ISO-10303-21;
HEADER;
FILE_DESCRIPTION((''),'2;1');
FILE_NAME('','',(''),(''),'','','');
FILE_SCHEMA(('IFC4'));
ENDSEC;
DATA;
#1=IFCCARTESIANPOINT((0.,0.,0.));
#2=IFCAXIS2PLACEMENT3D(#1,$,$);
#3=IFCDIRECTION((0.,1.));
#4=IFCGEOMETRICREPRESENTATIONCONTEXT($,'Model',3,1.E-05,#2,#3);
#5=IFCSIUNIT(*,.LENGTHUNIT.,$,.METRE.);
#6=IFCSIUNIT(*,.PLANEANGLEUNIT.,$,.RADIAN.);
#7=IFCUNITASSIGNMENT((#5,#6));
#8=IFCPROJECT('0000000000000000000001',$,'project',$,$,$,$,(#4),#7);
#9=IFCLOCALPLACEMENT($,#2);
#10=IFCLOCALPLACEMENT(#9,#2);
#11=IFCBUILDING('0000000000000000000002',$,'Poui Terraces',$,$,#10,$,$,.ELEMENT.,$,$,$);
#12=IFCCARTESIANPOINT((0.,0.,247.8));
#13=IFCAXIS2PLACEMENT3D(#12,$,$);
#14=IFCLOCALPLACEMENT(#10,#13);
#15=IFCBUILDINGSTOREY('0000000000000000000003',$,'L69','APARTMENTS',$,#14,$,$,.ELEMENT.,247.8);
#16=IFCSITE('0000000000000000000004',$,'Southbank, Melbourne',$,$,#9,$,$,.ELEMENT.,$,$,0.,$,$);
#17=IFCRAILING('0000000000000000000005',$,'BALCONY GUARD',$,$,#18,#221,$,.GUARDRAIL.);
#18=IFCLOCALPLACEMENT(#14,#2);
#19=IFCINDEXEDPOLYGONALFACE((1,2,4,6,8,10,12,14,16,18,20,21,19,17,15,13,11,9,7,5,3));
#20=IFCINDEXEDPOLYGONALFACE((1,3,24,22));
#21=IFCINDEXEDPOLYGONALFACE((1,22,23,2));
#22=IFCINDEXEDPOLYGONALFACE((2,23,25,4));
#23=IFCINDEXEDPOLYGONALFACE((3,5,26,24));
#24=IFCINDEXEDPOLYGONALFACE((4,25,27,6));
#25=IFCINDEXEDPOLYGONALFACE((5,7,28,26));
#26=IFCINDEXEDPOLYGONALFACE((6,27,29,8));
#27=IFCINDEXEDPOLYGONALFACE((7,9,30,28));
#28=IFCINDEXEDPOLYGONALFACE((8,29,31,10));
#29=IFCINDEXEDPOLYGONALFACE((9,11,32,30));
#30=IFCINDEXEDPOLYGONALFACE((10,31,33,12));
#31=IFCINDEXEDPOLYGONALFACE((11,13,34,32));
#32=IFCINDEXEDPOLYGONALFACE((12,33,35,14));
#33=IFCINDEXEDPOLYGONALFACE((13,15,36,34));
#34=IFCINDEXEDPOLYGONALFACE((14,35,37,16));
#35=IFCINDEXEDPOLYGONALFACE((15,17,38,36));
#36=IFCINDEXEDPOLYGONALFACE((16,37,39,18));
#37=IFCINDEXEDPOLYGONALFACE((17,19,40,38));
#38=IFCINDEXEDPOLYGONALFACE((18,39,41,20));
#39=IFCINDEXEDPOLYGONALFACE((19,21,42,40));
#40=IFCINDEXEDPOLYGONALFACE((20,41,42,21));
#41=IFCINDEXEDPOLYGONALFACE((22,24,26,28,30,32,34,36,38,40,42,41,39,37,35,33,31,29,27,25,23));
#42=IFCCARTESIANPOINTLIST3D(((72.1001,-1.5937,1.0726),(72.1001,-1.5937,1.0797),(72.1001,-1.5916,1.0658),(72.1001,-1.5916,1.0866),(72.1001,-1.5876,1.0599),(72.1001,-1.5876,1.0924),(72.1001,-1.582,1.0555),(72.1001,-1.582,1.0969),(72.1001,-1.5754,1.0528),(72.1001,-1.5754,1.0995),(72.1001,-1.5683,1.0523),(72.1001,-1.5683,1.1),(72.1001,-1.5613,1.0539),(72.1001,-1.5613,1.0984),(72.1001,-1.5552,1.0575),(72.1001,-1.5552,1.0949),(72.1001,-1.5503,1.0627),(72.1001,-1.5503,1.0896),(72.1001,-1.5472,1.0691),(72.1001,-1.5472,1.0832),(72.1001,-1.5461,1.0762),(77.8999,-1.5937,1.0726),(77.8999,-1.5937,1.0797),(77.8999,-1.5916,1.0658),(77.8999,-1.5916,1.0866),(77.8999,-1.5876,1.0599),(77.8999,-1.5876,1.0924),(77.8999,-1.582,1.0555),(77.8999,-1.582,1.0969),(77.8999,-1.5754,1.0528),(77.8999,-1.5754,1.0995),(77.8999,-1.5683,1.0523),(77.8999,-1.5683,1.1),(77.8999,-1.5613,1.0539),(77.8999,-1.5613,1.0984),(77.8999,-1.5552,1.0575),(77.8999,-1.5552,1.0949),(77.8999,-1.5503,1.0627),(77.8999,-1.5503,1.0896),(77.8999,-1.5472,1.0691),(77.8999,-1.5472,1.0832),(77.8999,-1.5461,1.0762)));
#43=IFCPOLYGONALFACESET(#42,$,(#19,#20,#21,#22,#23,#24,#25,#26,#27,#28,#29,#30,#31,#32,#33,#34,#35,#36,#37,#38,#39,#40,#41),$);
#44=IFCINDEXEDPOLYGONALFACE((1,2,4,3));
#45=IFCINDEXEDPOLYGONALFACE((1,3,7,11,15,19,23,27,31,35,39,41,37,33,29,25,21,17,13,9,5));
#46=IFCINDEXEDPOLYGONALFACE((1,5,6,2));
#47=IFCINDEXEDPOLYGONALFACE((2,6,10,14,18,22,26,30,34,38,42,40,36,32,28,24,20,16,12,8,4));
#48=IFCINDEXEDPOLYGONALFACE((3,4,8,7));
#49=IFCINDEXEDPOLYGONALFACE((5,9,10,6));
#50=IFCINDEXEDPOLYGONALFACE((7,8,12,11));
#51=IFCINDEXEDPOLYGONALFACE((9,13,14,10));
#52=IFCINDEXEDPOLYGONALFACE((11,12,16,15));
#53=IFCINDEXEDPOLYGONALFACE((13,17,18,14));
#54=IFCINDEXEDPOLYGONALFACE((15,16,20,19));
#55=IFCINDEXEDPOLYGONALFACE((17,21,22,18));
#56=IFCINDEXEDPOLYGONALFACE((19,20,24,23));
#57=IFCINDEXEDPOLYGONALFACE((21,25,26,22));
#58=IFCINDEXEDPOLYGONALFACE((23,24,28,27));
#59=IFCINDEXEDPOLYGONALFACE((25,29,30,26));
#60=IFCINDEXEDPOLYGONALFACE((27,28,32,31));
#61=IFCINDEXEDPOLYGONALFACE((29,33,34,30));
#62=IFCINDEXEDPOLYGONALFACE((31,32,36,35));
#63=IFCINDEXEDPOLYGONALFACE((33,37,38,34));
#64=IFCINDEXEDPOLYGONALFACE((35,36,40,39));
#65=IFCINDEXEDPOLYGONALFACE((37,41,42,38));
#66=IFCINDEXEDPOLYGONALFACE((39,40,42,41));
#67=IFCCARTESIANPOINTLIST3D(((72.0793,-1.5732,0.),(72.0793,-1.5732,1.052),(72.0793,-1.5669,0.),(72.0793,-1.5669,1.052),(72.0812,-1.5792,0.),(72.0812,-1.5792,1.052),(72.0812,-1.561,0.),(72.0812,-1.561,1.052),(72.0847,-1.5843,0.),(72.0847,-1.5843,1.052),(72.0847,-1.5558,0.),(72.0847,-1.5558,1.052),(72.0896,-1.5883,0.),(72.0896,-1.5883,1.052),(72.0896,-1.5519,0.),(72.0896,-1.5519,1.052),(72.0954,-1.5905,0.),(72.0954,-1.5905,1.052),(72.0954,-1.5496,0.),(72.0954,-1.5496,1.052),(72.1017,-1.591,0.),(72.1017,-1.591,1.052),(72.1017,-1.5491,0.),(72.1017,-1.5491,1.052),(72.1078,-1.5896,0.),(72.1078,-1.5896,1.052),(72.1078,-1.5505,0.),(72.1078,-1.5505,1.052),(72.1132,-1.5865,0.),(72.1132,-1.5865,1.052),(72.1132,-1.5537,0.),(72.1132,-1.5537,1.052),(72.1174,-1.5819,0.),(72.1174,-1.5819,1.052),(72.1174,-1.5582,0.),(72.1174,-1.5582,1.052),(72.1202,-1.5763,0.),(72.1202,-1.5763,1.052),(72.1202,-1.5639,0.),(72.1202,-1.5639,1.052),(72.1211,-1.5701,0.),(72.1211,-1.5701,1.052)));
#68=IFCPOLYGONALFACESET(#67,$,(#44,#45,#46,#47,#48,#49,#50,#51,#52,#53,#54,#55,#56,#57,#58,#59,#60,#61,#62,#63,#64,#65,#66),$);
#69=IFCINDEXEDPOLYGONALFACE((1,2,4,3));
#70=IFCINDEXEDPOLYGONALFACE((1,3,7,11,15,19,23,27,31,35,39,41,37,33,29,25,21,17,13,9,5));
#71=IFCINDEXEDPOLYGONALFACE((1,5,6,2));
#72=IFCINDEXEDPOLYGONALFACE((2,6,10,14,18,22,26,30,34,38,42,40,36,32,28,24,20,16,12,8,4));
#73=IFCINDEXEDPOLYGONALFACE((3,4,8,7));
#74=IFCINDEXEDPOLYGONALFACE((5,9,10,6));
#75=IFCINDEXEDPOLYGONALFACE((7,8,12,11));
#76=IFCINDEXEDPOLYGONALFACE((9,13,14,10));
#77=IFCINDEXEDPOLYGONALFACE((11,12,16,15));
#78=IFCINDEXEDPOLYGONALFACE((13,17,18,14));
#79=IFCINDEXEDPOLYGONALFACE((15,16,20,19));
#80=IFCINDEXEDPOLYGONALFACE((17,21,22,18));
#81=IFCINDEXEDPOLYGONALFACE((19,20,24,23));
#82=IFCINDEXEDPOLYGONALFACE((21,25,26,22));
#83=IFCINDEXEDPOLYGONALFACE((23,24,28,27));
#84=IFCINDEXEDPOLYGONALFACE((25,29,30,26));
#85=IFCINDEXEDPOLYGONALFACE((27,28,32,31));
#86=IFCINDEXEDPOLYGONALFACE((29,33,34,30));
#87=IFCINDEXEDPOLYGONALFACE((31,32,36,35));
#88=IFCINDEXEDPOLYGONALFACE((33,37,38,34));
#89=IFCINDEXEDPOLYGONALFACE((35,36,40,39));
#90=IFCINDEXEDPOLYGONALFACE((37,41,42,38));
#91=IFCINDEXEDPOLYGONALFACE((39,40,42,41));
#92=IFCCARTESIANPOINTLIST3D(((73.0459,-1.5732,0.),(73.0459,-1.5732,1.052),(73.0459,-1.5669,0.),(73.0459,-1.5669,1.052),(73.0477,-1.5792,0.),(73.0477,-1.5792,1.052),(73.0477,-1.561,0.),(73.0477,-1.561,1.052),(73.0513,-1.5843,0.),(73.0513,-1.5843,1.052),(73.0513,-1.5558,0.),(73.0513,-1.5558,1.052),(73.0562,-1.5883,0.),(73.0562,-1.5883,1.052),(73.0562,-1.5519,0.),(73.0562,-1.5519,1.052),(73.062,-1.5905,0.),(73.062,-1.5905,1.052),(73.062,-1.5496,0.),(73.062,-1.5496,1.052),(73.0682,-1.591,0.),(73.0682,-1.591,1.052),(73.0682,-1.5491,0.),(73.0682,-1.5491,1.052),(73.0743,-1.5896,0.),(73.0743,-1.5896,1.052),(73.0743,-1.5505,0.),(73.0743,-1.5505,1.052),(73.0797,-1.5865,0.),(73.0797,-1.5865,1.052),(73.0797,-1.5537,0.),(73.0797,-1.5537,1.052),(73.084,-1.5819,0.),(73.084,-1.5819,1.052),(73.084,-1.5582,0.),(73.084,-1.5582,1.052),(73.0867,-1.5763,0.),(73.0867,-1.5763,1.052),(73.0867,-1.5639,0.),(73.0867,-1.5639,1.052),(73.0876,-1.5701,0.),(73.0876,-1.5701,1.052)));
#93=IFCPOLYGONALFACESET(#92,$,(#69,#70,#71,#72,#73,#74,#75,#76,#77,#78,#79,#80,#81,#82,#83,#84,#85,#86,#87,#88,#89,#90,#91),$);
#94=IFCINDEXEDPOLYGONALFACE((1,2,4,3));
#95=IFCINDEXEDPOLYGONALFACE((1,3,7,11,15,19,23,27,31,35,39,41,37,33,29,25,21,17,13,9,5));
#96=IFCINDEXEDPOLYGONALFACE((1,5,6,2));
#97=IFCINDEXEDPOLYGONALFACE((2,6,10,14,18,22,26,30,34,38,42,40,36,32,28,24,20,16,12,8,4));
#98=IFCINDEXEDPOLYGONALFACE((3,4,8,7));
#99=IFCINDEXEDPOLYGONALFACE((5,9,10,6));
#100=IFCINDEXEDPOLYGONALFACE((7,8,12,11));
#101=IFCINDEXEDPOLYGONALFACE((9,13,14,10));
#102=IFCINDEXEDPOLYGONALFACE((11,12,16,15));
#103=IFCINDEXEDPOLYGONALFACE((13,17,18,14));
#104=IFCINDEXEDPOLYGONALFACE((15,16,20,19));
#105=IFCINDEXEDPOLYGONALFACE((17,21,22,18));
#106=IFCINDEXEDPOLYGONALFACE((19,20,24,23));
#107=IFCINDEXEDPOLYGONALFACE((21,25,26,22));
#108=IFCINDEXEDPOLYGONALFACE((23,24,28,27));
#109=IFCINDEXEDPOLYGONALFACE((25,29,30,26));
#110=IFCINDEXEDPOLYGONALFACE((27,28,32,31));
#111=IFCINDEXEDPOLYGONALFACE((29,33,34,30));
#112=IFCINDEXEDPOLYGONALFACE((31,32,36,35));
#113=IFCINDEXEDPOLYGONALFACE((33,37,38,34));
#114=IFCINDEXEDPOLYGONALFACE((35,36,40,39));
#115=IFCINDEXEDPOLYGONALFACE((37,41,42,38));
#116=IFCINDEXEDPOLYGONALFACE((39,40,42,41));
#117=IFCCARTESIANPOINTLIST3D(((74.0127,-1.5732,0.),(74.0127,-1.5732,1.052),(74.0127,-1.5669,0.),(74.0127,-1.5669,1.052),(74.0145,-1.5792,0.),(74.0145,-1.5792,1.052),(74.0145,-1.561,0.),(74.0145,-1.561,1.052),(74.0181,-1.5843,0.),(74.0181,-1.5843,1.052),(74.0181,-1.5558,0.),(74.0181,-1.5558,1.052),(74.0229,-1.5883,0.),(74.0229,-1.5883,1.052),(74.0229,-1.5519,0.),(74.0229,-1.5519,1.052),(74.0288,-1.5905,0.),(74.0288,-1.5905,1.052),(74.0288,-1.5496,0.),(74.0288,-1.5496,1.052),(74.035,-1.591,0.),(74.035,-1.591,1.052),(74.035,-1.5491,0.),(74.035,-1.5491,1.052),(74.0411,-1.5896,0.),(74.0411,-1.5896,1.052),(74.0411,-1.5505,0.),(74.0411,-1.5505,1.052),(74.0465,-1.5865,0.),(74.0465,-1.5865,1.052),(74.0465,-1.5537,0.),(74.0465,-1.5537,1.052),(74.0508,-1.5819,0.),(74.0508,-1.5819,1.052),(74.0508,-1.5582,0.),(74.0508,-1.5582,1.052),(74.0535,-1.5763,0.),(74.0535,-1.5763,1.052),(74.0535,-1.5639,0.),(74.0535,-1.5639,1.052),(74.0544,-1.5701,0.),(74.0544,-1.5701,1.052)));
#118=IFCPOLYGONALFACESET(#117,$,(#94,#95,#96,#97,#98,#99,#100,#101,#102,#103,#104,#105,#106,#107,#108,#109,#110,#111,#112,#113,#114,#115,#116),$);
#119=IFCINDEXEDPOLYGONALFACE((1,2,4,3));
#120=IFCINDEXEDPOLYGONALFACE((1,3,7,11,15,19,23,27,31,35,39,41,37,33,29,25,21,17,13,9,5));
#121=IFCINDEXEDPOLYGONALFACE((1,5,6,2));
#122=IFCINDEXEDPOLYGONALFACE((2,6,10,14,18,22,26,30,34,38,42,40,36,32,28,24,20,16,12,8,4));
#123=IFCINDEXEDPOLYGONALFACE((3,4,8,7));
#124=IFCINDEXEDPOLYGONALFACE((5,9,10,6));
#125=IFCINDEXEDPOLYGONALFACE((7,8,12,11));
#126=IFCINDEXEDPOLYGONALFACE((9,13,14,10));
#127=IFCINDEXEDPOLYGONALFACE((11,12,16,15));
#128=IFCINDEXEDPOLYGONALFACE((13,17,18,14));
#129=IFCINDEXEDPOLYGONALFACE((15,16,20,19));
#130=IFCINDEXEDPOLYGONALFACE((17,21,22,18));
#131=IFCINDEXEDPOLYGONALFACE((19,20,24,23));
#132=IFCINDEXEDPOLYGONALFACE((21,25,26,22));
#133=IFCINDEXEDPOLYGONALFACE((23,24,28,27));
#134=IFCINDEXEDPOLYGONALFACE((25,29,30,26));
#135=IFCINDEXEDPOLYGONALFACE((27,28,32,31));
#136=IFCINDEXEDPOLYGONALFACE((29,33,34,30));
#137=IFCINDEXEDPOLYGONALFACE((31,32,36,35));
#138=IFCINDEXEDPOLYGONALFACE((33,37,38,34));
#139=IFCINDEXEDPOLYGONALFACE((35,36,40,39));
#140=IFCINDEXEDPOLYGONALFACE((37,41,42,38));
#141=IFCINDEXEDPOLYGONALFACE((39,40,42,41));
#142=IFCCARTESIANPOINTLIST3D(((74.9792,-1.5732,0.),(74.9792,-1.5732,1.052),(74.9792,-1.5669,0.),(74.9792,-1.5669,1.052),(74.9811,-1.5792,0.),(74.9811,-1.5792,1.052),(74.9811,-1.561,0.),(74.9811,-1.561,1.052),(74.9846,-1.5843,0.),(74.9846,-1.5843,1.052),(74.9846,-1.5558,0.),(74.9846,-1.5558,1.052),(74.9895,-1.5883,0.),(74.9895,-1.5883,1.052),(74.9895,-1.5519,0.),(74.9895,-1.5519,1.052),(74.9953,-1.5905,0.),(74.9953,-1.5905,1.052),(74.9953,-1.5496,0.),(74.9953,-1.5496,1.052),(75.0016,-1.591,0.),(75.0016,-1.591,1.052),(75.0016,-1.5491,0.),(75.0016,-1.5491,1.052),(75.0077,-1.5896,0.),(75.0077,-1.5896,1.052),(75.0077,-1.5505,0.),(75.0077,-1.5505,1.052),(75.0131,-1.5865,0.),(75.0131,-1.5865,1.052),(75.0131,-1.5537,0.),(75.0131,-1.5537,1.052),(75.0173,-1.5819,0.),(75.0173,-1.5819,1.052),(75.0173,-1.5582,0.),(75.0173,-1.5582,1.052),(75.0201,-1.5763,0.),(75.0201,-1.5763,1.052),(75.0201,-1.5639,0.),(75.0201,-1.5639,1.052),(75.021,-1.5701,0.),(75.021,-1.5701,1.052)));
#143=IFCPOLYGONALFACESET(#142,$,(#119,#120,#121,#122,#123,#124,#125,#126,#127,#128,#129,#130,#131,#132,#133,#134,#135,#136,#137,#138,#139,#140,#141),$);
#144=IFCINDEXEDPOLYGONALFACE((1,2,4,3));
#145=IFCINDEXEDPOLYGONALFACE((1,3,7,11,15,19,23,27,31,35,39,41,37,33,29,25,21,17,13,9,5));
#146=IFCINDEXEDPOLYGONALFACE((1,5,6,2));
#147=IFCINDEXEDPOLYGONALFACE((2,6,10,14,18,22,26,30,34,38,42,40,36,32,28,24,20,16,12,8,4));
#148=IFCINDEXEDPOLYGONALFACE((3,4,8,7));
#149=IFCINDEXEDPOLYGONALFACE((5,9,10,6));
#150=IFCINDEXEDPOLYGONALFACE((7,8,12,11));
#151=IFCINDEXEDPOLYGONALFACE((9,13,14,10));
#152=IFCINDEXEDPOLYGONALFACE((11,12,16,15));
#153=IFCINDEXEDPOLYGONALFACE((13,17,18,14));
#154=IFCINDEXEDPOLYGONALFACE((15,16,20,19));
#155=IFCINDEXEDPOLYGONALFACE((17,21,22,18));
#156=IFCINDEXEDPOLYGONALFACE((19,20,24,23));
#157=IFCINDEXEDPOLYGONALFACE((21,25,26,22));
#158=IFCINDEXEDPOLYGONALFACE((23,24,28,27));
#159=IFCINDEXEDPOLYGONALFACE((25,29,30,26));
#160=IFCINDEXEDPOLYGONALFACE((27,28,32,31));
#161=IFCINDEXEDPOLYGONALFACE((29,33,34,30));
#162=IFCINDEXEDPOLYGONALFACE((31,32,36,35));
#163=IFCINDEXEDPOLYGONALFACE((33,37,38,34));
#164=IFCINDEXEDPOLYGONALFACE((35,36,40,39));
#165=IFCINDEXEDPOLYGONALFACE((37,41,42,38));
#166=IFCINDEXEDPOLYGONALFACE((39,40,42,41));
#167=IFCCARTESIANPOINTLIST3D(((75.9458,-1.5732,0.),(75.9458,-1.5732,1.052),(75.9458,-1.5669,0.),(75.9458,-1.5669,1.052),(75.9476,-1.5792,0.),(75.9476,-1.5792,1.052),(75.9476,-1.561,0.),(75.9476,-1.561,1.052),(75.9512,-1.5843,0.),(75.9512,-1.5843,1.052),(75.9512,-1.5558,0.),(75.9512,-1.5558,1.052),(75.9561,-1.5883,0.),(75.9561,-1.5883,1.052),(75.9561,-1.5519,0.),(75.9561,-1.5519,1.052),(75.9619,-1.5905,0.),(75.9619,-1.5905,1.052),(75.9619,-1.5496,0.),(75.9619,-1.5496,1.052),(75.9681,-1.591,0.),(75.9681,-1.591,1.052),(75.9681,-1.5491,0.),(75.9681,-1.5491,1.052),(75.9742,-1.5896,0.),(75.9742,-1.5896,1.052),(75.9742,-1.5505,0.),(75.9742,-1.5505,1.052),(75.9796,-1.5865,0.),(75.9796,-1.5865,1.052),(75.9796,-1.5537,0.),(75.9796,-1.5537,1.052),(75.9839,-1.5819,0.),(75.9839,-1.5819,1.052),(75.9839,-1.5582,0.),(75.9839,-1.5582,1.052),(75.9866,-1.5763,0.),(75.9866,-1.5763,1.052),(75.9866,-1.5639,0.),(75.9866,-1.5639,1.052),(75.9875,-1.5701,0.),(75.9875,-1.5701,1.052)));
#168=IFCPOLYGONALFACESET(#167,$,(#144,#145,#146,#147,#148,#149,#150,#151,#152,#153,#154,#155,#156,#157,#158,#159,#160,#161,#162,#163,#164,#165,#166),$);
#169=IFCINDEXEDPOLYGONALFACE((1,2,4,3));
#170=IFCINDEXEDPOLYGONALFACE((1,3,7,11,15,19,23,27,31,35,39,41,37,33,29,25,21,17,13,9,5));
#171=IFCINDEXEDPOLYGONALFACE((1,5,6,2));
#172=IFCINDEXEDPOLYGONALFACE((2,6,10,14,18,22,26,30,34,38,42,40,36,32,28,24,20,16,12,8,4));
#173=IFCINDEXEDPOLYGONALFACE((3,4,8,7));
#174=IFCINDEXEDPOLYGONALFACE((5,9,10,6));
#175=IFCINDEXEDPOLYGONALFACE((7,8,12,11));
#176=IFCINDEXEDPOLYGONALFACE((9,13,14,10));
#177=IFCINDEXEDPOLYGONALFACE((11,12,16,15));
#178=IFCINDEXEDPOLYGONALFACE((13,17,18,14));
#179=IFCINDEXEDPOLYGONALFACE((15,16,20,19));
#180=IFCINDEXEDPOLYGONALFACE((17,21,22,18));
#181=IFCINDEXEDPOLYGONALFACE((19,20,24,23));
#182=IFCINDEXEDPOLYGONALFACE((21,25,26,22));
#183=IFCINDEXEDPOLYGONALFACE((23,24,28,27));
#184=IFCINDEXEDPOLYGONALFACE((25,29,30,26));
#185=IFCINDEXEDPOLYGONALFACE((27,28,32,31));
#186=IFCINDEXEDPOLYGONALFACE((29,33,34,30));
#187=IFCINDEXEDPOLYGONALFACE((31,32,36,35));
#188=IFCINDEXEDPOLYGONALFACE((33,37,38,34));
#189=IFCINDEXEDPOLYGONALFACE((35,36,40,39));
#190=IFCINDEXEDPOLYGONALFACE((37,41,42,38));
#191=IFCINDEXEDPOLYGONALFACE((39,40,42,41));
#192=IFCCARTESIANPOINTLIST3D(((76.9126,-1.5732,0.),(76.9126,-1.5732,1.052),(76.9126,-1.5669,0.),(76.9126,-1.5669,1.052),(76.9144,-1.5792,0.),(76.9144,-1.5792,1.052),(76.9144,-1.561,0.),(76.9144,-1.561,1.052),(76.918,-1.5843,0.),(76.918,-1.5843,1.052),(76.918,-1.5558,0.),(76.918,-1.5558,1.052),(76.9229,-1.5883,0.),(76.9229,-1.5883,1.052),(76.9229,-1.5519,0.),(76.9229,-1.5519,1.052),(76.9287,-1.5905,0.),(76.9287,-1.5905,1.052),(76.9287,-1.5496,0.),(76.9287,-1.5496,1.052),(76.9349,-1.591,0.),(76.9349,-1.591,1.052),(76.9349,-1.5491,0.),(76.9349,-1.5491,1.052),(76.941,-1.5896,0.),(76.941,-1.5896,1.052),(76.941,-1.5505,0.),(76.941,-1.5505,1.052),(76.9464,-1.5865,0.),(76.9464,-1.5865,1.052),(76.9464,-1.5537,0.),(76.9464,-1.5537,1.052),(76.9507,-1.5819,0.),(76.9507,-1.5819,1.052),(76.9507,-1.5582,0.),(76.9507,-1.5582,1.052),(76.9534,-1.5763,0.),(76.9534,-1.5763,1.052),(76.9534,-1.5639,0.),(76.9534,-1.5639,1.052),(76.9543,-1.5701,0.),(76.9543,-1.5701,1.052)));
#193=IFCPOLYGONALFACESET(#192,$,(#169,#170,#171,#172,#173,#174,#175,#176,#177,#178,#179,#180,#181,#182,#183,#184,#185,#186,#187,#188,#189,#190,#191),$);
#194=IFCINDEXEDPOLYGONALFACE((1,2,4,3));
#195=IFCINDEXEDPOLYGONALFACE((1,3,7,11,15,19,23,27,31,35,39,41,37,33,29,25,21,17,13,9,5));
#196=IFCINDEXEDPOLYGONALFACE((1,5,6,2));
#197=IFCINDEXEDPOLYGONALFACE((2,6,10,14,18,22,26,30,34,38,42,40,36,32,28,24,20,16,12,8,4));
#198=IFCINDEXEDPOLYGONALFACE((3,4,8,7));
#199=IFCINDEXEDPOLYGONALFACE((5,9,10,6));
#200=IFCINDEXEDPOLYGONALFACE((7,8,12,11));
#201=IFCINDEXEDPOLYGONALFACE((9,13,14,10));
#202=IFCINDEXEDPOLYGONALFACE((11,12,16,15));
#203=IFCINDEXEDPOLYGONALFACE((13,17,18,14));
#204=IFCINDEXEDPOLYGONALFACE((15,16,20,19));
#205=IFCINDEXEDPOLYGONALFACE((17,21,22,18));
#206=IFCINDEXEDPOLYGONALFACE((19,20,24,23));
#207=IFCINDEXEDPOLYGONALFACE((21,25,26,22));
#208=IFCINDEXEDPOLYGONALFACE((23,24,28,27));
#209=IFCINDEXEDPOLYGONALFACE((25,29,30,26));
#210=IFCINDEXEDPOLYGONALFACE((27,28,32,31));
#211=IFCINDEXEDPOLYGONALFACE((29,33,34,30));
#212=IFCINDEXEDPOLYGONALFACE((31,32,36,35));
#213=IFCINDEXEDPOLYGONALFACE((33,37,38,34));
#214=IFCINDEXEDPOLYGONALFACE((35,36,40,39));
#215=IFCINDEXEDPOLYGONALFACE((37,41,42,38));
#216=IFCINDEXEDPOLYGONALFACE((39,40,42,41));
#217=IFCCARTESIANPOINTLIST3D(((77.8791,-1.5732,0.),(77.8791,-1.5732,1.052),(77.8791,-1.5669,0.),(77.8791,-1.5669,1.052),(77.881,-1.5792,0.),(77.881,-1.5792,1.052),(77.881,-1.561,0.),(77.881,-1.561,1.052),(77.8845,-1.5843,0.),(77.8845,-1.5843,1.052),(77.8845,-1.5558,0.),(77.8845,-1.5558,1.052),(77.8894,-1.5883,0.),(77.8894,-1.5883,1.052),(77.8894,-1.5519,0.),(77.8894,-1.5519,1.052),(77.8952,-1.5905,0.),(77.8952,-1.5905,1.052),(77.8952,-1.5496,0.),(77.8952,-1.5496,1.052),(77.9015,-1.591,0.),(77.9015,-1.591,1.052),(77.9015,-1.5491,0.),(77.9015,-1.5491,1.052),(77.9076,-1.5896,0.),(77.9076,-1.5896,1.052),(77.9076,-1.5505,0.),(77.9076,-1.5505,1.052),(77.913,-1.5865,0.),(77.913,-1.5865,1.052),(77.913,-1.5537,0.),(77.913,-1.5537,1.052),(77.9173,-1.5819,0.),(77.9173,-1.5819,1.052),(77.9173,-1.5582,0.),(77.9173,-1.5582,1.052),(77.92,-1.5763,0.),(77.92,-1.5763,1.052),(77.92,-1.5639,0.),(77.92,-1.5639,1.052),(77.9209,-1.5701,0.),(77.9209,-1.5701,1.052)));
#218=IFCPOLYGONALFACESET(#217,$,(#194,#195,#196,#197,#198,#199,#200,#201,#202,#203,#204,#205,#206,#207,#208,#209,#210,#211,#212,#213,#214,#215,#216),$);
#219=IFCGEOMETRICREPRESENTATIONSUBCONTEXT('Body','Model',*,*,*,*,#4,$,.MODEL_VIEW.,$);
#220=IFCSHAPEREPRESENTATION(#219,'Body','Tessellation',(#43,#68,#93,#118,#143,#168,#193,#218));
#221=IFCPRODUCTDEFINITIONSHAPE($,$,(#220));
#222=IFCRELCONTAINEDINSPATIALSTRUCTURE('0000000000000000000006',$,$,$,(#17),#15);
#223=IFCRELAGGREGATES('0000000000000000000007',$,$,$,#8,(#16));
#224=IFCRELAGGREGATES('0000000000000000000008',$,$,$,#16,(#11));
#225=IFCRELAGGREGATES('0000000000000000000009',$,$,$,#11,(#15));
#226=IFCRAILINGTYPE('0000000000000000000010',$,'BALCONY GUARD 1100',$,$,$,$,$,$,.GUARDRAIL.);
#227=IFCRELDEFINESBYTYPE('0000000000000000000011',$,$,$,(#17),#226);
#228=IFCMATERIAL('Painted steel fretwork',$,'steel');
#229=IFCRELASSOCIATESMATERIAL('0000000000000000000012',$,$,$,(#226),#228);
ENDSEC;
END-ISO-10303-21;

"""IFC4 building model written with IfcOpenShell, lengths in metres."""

from ifc_helpers import new_model, si_unit, direction, frame, origin, origin_2d, place, context, subcontext, project, spatial, circle, extrude, material, type_object, element, save


model = new_model("IFC4")

# Units and contexts
model_context = context("Model", 3, precision=1e-05, world=origin(), true_north=direction((0.0, 1.0)))
body_context = subcontext(model_context, "Body", "Model", "MODEL_VIEW")
ifc_project = project(units=[si_unit("LENGTHUNIT", "METRE"), si_unit("PLANEANGLEUNIT", "RADIAN")], contexts=[model_context])

# Site, building, storey
site_placement = place(None, origin())
site = spatial("IfcSite", under=ifc_project, at=site_placement, Name="Southbank, Melbourne", CompositionType="ELEMENT", RefElevation=0.0)
building_placement = place(site_placement, origin())
building = spatial("IfcBuilding", under=site, at=building_placement, Name="Poui Terraces", CompositionType="ELEMENT")
storey_placement = place(building_placement, frame((0.0, 0.0, 247.8)))
storey = spatial("IfcBuildingStorey", under=building, at=storey_placement, Name="L69", Description="APARTMENTS", CompositionType="ELEMENT", Elevation=247.8)

# Railing
ifc_material_1 = material(Name="Painted steel fretwork", Category="steel")
railing_type = type_object("IfcRailingType", Name="BALCONY GUARD 1100", PredefinedType="GUARDRAIL", material=ifc_material_1)
railing_placement = place(storey_placement, frame((72.1001, -1.5701, 0.0)))
element("IfcRailing", 1, at=railing_placement, inside=storey, type_object=railing_type, Name="BALCONY GUARD", PredefinedType="GUARDRAIL", context=body_context, shape_type="SweptSolid", body=[
    extrude(circle(Radius=0.0239, at=origin_2d()), frame((0.0, 0.0, 1.0762), z_axis=(1.0, 0.0, 0.0), x_axis=(0.0, 1.0, 0.0)), (0.0, 0.0, 1.0), 5.7998),
    extrude(circle(Radius=0.021, at=origin_2d()), origin(), (0.0, 0.0, 1.0), 1.052),
    extrude(circle(Radius=0.021, at=origin_2d()), frame((0.9666, 0.0, 0.0)), (0.0, 0.0, 1.0), 1.052),
    extrude(circle(Radius=0.021, at=origin_2d()), frame((1.9333, 0.0, 0.0)), (0.0, 0.0, 1.0), 1.052),
    extrude(circle(Radius=0.021, at=origin_2d()), frame((2.8999, 0.0, 0.0)), (0.0, 0.0, 1.0), 1.052),
    extrude(circle(Radius=0.021, at=origin_2d()), frame((3.8665, 0.0, 0.0)), (0.0, 0.0, 1.0), 1.052),
    extrude(circle(Radius=0.021, at=origin_2d()), frame((4.8333, 0.0, 0.0)), (0.0, 0.0, 1.0), 1.052),
    extrude(circle(Radius=0.021, at=origin_2d()), frame((5.7998, 0.0, 0.0)), (0.0, 0.0, 1.0), 1.052),
])

save(model, "model.ifc")
